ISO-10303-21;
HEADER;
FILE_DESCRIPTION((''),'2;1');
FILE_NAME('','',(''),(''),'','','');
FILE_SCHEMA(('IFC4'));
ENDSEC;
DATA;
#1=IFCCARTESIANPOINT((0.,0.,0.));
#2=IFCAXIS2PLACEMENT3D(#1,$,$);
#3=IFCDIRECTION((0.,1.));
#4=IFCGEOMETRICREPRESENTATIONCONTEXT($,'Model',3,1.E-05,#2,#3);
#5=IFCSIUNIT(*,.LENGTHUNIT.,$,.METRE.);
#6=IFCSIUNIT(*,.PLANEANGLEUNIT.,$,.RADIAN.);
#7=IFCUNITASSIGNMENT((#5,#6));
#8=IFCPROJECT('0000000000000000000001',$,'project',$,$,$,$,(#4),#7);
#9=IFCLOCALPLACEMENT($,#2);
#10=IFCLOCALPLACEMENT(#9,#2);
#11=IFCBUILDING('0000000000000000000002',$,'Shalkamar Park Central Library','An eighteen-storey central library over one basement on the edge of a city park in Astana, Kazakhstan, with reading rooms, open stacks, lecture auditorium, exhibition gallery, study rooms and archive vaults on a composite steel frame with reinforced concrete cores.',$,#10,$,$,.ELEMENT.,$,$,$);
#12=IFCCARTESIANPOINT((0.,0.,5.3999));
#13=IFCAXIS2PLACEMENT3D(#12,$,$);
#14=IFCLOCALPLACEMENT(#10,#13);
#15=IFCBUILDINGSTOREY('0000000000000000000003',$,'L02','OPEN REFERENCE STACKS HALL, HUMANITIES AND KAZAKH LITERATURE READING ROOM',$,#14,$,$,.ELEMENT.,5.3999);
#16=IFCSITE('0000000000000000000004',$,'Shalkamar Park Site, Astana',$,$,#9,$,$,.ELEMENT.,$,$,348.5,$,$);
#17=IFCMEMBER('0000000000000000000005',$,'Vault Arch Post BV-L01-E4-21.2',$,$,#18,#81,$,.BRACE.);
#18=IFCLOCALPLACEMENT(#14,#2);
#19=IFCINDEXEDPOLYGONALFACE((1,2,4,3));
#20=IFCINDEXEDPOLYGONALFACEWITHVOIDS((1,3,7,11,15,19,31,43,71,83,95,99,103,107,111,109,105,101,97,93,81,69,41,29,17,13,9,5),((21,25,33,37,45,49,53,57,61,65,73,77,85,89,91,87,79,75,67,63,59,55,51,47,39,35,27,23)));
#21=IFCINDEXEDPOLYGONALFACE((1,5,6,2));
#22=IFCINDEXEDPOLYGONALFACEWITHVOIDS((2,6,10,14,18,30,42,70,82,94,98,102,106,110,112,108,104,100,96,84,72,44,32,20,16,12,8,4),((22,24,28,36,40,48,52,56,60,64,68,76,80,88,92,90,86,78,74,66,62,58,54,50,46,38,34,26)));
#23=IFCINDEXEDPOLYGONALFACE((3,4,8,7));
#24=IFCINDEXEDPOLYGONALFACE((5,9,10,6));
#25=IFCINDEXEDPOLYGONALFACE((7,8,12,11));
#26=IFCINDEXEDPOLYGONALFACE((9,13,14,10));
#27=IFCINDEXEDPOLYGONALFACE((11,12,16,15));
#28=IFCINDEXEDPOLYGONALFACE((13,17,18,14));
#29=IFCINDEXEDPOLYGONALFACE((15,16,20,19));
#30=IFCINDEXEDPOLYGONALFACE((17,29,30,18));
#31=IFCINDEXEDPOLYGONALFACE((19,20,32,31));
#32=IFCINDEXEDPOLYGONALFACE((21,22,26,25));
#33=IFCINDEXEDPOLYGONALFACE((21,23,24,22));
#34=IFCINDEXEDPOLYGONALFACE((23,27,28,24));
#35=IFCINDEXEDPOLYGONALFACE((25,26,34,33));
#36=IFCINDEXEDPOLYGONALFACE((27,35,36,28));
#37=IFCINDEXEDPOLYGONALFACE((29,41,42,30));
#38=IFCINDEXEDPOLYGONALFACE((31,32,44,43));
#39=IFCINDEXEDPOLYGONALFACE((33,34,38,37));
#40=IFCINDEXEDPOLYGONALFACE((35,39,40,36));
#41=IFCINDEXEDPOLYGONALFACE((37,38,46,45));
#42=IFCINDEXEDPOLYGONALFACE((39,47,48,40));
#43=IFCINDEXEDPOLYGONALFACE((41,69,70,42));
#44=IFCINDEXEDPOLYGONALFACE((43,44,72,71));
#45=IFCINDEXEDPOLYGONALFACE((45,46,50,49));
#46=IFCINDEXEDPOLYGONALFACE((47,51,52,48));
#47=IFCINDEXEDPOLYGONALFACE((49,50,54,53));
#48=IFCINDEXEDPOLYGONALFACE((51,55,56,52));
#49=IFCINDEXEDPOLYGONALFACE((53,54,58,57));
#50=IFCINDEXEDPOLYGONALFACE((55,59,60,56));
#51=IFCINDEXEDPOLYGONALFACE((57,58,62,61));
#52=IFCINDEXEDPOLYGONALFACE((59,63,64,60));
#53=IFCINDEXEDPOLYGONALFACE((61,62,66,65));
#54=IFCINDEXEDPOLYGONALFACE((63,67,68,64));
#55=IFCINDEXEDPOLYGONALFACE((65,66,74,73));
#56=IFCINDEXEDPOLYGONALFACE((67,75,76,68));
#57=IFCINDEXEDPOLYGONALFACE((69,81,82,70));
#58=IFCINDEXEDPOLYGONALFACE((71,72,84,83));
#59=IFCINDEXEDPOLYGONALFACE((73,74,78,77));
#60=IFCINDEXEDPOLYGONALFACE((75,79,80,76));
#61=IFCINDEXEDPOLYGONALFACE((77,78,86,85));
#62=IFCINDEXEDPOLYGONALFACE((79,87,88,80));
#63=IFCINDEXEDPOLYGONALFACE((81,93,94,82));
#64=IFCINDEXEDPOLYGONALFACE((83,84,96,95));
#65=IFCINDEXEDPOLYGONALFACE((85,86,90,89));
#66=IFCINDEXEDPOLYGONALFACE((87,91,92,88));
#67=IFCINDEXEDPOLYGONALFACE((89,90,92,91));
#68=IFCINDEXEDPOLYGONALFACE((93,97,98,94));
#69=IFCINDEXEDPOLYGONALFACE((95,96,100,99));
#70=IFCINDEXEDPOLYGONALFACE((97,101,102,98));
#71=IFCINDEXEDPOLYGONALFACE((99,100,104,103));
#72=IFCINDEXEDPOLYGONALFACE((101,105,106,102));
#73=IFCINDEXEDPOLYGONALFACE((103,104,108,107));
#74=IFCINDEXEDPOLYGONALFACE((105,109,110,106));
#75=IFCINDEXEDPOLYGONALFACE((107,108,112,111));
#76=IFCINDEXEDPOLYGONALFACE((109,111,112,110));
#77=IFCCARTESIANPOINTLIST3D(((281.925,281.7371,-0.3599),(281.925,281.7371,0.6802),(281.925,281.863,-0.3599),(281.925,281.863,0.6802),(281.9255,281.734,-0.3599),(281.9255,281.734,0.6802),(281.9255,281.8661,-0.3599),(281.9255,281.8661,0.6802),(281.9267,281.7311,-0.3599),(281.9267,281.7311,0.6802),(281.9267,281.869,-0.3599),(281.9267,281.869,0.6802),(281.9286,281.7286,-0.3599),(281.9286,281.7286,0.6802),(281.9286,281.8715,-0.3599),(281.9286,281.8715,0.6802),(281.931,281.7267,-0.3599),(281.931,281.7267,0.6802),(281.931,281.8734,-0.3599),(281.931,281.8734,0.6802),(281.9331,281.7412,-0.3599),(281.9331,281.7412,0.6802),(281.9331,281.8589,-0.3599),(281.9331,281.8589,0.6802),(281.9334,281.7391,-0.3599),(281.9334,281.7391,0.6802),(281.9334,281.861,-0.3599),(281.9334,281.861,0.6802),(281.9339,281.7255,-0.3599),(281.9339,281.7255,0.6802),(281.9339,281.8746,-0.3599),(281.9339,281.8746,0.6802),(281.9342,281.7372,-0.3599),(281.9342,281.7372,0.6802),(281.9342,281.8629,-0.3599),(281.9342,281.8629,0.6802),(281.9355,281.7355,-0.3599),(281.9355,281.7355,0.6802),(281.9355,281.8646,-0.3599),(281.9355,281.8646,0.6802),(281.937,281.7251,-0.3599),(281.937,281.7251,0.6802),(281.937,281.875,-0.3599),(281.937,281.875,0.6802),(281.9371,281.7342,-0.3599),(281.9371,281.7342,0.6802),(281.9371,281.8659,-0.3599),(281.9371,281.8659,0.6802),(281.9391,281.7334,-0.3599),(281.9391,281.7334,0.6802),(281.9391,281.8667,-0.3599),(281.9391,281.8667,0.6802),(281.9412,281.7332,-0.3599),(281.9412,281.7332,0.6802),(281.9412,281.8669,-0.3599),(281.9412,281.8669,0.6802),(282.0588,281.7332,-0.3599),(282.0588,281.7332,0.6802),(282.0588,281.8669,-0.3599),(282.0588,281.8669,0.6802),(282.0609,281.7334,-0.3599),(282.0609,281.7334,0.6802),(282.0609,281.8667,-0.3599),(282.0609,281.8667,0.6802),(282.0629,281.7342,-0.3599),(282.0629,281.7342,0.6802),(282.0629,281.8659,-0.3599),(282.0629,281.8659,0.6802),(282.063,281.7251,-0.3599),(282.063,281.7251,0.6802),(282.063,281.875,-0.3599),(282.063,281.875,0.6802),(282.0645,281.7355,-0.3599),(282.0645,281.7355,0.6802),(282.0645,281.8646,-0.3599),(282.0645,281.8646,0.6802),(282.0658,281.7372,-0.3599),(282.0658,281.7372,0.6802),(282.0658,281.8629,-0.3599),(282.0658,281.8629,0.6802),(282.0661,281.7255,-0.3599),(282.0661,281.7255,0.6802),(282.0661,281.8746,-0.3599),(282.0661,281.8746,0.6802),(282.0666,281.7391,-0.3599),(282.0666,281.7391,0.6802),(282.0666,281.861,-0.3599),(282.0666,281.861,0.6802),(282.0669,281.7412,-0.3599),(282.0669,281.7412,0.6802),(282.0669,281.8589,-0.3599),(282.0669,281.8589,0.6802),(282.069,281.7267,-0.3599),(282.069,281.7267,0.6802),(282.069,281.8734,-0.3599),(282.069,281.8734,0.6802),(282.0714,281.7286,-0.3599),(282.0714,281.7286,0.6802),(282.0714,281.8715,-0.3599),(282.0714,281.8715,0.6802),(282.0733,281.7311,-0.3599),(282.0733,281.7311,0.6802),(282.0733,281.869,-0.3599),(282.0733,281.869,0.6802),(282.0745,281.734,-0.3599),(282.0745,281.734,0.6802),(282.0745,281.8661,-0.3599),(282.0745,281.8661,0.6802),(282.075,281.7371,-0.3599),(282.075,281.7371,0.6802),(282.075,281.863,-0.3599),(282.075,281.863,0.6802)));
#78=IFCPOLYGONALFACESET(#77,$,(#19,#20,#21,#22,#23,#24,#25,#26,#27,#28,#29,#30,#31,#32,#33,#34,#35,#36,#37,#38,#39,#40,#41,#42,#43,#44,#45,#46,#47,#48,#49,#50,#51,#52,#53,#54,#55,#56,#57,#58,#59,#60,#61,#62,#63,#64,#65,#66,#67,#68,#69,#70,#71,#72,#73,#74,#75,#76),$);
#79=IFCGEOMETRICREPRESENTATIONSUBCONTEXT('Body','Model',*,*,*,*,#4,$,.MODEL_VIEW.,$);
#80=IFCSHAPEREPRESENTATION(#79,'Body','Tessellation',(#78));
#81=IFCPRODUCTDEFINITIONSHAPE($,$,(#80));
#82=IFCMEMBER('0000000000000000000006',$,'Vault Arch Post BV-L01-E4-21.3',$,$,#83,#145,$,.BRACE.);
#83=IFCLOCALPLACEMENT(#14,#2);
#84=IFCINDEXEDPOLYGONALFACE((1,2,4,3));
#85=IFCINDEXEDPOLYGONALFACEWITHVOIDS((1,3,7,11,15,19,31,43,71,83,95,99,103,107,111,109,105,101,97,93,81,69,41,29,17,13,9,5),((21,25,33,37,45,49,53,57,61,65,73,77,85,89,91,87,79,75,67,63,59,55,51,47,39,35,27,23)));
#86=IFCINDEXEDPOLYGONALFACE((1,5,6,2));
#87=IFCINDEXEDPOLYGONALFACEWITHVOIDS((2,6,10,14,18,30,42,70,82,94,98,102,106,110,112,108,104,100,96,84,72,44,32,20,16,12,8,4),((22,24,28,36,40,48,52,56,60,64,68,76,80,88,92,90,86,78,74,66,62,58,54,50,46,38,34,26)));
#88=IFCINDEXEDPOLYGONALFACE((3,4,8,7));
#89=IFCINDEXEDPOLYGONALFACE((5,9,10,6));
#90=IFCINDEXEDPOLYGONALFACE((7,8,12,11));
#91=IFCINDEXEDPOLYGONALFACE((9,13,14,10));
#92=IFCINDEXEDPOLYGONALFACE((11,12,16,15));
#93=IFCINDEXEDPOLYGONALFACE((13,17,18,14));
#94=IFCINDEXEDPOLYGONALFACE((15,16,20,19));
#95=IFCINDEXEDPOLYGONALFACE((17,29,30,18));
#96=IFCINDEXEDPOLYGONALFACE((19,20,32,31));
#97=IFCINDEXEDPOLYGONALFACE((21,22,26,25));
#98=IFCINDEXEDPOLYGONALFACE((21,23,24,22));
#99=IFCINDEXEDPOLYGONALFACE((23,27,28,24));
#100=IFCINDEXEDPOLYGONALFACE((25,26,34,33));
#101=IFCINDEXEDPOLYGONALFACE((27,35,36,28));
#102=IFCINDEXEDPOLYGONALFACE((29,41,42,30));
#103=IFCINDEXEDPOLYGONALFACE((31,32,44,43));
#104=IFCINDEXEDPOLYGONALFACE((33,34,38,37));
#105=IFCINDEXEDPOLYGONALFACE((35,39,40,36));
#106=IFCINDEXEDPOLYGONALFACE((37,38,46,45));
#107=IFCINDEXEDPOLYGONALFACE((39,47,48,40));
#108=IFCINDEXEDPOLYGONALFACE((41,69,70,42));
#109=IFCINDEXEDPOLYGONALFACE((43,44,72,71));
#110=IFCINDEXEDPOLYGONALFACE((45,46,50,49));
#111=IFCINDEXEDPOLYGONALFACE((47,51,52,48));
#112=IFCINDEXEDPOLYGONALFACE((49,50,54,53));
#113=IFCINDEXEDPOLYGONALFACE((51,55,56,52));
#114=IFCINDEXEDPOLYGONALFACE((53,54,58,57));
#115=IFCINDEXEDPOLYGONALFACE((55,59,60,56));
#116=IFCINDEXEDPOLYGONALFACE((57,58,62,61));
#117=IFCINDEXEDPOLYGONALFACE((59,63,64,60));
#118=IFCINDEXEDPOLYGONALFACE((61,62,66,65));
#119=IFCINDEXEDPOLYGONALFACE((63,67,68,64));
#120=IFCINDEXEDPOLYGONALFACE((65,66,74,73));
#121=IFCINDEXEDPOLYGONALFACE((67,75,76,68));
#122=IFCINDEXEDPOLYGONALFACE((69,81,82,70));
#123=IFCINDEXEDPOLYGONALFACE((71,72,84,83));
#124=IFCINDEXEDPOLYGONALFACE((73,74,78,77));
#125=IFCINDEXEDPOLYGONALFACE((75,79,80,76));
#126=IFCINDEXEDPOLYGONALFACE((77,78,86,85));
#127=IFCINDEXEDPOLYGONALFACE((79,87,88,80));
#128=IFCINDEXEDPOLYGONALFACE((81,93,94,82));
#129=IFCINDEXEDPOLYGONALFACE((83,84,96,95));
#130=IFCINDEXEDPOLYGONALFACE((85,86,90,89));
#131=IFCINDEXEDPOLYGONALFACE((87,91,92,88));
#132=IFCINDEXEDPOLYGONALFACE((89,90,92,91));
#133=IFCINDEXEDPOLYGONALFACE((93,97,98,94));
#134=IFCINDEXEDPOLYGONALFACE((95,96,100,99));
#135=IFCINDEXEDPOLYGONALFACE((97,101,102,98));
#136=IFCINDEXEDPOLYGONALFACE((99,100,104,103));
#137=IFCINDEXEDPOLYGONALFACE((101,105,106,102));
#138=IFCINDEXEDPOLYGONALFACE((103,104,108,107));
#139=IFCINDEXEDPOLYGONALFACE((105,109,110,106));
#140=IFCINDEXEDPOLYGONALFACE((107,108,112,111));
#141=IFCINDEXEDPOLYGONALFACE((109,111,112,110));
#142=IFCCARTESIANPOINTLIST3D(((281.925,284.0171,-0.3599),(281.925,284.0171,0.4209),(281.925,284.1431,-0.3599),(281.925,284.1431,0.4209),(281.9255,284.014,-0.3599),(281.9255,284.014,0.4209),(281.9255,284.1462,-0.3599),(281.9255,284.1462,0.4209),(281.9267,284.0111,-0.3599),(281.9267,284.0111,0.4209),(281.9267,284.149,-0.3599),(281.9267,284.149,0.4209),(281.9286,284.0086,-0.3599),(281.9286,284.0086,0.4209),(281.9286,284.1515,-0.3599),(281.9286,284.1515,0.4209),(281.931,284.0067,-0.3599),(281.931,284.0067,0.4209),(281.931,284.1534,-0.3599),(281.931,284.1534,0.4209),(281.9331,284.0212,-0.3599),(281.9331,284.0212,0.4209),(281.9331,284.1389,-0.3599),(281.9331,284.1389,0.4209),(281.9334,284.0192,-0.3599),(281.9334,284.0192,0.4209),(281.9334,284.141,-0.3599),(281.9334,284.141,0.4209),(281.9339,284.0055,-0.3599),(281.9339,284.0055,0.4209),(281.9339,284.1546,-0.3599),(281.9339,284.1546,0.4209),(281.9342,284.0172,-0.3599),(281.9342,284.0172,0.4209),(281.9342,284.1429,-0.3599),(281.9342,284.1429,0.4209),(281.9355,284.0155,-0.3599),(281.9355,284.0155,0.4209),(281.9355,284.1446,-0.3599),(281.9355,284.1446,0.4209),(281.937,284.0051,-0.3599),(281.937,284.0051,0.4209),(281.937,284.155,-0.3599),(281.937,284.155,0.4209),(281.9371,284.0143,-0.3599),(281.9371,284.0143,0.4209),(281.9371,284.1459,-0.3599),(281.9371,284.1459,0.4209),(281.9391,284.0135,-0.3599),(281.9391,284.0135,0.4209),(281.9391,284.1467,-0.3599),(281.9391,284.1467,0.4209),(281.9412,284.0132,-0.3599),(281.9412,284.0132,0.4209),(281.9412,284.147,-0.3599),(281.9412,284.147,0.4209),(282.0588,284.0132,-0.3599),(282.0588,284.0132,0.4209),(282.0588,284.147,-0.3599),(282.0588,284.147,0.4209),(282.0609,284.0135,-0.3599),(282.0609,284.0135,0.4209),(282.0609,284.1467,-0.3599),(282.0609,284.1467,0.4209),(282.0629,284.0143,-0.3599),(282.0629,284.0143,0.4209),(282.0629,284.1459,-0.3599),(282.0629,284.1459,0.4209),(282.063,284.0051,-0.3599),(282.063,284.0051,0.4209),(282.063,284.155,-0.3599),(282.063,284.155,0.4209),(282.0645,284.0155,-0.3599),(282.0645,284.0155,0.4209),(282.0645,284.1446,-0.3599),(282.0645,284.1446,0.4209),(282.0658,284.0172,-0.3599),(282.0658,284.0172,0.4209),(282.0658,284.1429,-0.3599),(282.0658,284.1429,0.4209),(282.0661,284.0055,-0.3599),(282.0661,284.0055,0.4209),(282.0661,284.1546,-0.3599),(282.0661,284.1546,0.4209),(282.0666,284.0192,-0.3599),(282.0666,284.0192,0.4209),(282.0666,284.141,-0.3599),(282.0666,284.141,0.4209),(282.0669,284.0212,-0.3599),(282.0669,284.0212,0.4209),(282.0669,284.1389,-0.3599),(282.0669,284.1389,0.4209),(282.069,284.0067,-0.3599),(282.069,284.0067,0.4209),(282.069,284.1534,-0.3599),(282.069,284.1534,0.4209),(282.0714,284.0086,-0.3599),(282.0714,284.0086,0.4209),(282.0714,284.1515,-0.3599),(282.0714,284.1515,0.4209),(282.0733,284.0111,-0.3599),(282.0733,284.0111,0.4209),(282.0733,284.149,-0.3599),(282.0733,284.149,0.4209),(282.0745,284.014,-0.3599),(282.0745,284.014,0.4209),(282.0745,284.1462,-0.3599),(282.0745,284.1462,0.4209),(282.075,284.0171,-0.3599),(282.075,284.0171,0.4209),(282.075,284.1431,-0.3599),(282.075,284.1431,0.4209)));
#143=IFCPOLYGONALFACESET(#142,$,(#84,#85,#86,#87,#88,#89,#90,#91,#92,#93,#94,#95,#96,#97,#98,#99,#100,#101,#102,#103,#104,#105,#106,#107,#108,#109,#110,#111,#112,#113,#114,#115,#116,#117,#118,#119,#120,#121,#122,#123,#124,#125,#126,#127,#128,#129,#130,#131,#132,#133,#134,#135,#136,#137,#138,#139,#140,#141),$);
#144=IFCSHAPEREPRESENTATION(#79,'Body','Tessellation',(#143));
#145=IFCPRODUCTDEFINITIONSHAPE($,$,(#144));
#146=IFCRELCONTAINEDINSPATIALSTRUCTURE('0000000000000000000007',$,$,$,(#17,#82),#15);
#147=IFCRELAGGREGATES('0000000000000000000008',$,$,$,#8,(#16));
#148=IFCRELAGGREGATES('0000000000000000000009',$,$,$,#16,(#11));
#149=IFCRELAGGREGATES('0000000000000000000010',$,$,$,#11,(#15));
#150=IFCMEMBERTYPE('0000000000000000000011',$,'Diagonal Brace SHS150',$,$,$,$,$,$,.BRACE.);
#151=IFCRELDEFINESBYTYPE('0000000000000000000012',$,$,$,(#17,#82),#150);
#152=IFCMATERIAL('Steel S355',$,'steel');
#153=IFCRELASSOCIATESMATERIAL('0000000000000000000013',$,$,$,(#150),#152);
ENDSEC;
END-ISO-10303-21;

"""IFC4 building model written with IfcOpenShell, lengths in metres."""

from ifc_helpers import new_model, si_unit, direction, frame, origin, origin_2d, place, context, subcontext, project, spatial, hollow_rectangle, extrude, material, material_profile, profile_set, type_object, element, save


model = new_model("IFC4")

# Units and contexts
model_context = context("Model", 3, precision=1e-05, world=origin(), true_north=direction((0.0, 1.0)))
body_context = subcontext(model_context, "Body", "Model", "MODEL_VIEW")
ifc_project = project(units=[si_unit("LENGTHUNIT", "METRE"), si_unit("PLANEANGLEUNIT", "RADIAN")], contexts=[model_context])

# Site, building, storey
site_placement = place(None, origin())
site = spatial("IfcSite", under=ifc_project, at=site_placement, Name="Shalkamar Park Site, Astana", CompositionType="ELEMENT", RefElevation=348.5)
building_placement = place(site_placement, origin())
building = spatial("IfcBuilding", under=site, at=building_placement, Name="Shalkamar Park Central Library", Description="An eighteen-storey central library over one basement on the edge of a city park in Astana, Kazakhstan, with reading rooms, open stacks, lecture auditorium, exhibition gallery, study rooms and archive vaults on a composite steel frame with reinforced concrete cores.", CompositionType="ELEMENT")
storey_placement = place(building_placement, frame((0.0, 0.0, 5.3999)))
storey = spatial("IfcBuildingStorey", under=building, at=storey_placement, Name="L02", Description="OPEN REFERENCE STACKS HALL, HUMANITIES AND KAZAKH LITERATURE READING ROOM", CompositionType="ELEMENT", Elevation=5.3999)

# Shared definitions
ifc_material_1 = material(Name="Steel S355", Category="steel")

# Members
ifc_material_profile_1 = material_profile(ifc_material_1, hollow_rectangle(XDim=0.1499, YDim=0.1499, WallThickness=0.0081, InnerFilletRadius=0.0081, OuterFilletRadius=0.012, at=origin_2d()), Name="SHS 150x150x8")
ifc_profile_set_1 = profile_set([ifc_material_profile_1], Name="Steel S355")
member_type_1 = type_object("IfcMemberType", Name="Diagonal Brace SHS150", PredefinedType="BRACE", material=ifc_profile_set_1)
member_1_placement = place(storey_placement, frame((282.0, 281.8, -0.3599), z_axis=(0.0, 0.0, 1.0), x_axis=(1.0, 0.0, 0.0)))
element("IfcMember", 1, at=member_1_placement, inside=storey, type_object=member_type_1, Name="Vault Arch Post BV-L01-E4-21.2", PredefinedType="BRACE", context=body_context, shape_type="SweptSolid", body=[
    extrude(hollow_rectangle(XDim=0.1499, YDim=0.1499, WallThickness=0.0081, InnerFilletRadius=0.0081, OuterFilletRadius=0.012, at=origin_2d()), origin(), (0.0, 0.0, 1.0), 1.04),
])
for number, where, z_axis, x_axis, name in (
    (2, (282.0, 284.0801, -0.3599), (0.0, 0.0, 1.0), (1.0, 0.0, 0.0), "Vault Arch Post BV-L01-E4-21.3"),
):
    element("IfcMember", number, at=place(storey_placement, frame(where, z_axis=z_axis, x_axis=x_axis)), inside=storey, type_object=member_type_1, Name=name, PredefinedType="BRACE", context=body_context, shape_type="SweptSolid", body=[
        extrude(hollow_rectangle(XDim=0.1499, YDim=0.1499, WallThickness=0.0081, InnerFilletRadius=0.0081, OuterFilletRadius=0.012, at=origin_2d()), origin(), (0.0, 0.0, 1.0), 0.7808),
    ])

save(model, "model.ifc")
